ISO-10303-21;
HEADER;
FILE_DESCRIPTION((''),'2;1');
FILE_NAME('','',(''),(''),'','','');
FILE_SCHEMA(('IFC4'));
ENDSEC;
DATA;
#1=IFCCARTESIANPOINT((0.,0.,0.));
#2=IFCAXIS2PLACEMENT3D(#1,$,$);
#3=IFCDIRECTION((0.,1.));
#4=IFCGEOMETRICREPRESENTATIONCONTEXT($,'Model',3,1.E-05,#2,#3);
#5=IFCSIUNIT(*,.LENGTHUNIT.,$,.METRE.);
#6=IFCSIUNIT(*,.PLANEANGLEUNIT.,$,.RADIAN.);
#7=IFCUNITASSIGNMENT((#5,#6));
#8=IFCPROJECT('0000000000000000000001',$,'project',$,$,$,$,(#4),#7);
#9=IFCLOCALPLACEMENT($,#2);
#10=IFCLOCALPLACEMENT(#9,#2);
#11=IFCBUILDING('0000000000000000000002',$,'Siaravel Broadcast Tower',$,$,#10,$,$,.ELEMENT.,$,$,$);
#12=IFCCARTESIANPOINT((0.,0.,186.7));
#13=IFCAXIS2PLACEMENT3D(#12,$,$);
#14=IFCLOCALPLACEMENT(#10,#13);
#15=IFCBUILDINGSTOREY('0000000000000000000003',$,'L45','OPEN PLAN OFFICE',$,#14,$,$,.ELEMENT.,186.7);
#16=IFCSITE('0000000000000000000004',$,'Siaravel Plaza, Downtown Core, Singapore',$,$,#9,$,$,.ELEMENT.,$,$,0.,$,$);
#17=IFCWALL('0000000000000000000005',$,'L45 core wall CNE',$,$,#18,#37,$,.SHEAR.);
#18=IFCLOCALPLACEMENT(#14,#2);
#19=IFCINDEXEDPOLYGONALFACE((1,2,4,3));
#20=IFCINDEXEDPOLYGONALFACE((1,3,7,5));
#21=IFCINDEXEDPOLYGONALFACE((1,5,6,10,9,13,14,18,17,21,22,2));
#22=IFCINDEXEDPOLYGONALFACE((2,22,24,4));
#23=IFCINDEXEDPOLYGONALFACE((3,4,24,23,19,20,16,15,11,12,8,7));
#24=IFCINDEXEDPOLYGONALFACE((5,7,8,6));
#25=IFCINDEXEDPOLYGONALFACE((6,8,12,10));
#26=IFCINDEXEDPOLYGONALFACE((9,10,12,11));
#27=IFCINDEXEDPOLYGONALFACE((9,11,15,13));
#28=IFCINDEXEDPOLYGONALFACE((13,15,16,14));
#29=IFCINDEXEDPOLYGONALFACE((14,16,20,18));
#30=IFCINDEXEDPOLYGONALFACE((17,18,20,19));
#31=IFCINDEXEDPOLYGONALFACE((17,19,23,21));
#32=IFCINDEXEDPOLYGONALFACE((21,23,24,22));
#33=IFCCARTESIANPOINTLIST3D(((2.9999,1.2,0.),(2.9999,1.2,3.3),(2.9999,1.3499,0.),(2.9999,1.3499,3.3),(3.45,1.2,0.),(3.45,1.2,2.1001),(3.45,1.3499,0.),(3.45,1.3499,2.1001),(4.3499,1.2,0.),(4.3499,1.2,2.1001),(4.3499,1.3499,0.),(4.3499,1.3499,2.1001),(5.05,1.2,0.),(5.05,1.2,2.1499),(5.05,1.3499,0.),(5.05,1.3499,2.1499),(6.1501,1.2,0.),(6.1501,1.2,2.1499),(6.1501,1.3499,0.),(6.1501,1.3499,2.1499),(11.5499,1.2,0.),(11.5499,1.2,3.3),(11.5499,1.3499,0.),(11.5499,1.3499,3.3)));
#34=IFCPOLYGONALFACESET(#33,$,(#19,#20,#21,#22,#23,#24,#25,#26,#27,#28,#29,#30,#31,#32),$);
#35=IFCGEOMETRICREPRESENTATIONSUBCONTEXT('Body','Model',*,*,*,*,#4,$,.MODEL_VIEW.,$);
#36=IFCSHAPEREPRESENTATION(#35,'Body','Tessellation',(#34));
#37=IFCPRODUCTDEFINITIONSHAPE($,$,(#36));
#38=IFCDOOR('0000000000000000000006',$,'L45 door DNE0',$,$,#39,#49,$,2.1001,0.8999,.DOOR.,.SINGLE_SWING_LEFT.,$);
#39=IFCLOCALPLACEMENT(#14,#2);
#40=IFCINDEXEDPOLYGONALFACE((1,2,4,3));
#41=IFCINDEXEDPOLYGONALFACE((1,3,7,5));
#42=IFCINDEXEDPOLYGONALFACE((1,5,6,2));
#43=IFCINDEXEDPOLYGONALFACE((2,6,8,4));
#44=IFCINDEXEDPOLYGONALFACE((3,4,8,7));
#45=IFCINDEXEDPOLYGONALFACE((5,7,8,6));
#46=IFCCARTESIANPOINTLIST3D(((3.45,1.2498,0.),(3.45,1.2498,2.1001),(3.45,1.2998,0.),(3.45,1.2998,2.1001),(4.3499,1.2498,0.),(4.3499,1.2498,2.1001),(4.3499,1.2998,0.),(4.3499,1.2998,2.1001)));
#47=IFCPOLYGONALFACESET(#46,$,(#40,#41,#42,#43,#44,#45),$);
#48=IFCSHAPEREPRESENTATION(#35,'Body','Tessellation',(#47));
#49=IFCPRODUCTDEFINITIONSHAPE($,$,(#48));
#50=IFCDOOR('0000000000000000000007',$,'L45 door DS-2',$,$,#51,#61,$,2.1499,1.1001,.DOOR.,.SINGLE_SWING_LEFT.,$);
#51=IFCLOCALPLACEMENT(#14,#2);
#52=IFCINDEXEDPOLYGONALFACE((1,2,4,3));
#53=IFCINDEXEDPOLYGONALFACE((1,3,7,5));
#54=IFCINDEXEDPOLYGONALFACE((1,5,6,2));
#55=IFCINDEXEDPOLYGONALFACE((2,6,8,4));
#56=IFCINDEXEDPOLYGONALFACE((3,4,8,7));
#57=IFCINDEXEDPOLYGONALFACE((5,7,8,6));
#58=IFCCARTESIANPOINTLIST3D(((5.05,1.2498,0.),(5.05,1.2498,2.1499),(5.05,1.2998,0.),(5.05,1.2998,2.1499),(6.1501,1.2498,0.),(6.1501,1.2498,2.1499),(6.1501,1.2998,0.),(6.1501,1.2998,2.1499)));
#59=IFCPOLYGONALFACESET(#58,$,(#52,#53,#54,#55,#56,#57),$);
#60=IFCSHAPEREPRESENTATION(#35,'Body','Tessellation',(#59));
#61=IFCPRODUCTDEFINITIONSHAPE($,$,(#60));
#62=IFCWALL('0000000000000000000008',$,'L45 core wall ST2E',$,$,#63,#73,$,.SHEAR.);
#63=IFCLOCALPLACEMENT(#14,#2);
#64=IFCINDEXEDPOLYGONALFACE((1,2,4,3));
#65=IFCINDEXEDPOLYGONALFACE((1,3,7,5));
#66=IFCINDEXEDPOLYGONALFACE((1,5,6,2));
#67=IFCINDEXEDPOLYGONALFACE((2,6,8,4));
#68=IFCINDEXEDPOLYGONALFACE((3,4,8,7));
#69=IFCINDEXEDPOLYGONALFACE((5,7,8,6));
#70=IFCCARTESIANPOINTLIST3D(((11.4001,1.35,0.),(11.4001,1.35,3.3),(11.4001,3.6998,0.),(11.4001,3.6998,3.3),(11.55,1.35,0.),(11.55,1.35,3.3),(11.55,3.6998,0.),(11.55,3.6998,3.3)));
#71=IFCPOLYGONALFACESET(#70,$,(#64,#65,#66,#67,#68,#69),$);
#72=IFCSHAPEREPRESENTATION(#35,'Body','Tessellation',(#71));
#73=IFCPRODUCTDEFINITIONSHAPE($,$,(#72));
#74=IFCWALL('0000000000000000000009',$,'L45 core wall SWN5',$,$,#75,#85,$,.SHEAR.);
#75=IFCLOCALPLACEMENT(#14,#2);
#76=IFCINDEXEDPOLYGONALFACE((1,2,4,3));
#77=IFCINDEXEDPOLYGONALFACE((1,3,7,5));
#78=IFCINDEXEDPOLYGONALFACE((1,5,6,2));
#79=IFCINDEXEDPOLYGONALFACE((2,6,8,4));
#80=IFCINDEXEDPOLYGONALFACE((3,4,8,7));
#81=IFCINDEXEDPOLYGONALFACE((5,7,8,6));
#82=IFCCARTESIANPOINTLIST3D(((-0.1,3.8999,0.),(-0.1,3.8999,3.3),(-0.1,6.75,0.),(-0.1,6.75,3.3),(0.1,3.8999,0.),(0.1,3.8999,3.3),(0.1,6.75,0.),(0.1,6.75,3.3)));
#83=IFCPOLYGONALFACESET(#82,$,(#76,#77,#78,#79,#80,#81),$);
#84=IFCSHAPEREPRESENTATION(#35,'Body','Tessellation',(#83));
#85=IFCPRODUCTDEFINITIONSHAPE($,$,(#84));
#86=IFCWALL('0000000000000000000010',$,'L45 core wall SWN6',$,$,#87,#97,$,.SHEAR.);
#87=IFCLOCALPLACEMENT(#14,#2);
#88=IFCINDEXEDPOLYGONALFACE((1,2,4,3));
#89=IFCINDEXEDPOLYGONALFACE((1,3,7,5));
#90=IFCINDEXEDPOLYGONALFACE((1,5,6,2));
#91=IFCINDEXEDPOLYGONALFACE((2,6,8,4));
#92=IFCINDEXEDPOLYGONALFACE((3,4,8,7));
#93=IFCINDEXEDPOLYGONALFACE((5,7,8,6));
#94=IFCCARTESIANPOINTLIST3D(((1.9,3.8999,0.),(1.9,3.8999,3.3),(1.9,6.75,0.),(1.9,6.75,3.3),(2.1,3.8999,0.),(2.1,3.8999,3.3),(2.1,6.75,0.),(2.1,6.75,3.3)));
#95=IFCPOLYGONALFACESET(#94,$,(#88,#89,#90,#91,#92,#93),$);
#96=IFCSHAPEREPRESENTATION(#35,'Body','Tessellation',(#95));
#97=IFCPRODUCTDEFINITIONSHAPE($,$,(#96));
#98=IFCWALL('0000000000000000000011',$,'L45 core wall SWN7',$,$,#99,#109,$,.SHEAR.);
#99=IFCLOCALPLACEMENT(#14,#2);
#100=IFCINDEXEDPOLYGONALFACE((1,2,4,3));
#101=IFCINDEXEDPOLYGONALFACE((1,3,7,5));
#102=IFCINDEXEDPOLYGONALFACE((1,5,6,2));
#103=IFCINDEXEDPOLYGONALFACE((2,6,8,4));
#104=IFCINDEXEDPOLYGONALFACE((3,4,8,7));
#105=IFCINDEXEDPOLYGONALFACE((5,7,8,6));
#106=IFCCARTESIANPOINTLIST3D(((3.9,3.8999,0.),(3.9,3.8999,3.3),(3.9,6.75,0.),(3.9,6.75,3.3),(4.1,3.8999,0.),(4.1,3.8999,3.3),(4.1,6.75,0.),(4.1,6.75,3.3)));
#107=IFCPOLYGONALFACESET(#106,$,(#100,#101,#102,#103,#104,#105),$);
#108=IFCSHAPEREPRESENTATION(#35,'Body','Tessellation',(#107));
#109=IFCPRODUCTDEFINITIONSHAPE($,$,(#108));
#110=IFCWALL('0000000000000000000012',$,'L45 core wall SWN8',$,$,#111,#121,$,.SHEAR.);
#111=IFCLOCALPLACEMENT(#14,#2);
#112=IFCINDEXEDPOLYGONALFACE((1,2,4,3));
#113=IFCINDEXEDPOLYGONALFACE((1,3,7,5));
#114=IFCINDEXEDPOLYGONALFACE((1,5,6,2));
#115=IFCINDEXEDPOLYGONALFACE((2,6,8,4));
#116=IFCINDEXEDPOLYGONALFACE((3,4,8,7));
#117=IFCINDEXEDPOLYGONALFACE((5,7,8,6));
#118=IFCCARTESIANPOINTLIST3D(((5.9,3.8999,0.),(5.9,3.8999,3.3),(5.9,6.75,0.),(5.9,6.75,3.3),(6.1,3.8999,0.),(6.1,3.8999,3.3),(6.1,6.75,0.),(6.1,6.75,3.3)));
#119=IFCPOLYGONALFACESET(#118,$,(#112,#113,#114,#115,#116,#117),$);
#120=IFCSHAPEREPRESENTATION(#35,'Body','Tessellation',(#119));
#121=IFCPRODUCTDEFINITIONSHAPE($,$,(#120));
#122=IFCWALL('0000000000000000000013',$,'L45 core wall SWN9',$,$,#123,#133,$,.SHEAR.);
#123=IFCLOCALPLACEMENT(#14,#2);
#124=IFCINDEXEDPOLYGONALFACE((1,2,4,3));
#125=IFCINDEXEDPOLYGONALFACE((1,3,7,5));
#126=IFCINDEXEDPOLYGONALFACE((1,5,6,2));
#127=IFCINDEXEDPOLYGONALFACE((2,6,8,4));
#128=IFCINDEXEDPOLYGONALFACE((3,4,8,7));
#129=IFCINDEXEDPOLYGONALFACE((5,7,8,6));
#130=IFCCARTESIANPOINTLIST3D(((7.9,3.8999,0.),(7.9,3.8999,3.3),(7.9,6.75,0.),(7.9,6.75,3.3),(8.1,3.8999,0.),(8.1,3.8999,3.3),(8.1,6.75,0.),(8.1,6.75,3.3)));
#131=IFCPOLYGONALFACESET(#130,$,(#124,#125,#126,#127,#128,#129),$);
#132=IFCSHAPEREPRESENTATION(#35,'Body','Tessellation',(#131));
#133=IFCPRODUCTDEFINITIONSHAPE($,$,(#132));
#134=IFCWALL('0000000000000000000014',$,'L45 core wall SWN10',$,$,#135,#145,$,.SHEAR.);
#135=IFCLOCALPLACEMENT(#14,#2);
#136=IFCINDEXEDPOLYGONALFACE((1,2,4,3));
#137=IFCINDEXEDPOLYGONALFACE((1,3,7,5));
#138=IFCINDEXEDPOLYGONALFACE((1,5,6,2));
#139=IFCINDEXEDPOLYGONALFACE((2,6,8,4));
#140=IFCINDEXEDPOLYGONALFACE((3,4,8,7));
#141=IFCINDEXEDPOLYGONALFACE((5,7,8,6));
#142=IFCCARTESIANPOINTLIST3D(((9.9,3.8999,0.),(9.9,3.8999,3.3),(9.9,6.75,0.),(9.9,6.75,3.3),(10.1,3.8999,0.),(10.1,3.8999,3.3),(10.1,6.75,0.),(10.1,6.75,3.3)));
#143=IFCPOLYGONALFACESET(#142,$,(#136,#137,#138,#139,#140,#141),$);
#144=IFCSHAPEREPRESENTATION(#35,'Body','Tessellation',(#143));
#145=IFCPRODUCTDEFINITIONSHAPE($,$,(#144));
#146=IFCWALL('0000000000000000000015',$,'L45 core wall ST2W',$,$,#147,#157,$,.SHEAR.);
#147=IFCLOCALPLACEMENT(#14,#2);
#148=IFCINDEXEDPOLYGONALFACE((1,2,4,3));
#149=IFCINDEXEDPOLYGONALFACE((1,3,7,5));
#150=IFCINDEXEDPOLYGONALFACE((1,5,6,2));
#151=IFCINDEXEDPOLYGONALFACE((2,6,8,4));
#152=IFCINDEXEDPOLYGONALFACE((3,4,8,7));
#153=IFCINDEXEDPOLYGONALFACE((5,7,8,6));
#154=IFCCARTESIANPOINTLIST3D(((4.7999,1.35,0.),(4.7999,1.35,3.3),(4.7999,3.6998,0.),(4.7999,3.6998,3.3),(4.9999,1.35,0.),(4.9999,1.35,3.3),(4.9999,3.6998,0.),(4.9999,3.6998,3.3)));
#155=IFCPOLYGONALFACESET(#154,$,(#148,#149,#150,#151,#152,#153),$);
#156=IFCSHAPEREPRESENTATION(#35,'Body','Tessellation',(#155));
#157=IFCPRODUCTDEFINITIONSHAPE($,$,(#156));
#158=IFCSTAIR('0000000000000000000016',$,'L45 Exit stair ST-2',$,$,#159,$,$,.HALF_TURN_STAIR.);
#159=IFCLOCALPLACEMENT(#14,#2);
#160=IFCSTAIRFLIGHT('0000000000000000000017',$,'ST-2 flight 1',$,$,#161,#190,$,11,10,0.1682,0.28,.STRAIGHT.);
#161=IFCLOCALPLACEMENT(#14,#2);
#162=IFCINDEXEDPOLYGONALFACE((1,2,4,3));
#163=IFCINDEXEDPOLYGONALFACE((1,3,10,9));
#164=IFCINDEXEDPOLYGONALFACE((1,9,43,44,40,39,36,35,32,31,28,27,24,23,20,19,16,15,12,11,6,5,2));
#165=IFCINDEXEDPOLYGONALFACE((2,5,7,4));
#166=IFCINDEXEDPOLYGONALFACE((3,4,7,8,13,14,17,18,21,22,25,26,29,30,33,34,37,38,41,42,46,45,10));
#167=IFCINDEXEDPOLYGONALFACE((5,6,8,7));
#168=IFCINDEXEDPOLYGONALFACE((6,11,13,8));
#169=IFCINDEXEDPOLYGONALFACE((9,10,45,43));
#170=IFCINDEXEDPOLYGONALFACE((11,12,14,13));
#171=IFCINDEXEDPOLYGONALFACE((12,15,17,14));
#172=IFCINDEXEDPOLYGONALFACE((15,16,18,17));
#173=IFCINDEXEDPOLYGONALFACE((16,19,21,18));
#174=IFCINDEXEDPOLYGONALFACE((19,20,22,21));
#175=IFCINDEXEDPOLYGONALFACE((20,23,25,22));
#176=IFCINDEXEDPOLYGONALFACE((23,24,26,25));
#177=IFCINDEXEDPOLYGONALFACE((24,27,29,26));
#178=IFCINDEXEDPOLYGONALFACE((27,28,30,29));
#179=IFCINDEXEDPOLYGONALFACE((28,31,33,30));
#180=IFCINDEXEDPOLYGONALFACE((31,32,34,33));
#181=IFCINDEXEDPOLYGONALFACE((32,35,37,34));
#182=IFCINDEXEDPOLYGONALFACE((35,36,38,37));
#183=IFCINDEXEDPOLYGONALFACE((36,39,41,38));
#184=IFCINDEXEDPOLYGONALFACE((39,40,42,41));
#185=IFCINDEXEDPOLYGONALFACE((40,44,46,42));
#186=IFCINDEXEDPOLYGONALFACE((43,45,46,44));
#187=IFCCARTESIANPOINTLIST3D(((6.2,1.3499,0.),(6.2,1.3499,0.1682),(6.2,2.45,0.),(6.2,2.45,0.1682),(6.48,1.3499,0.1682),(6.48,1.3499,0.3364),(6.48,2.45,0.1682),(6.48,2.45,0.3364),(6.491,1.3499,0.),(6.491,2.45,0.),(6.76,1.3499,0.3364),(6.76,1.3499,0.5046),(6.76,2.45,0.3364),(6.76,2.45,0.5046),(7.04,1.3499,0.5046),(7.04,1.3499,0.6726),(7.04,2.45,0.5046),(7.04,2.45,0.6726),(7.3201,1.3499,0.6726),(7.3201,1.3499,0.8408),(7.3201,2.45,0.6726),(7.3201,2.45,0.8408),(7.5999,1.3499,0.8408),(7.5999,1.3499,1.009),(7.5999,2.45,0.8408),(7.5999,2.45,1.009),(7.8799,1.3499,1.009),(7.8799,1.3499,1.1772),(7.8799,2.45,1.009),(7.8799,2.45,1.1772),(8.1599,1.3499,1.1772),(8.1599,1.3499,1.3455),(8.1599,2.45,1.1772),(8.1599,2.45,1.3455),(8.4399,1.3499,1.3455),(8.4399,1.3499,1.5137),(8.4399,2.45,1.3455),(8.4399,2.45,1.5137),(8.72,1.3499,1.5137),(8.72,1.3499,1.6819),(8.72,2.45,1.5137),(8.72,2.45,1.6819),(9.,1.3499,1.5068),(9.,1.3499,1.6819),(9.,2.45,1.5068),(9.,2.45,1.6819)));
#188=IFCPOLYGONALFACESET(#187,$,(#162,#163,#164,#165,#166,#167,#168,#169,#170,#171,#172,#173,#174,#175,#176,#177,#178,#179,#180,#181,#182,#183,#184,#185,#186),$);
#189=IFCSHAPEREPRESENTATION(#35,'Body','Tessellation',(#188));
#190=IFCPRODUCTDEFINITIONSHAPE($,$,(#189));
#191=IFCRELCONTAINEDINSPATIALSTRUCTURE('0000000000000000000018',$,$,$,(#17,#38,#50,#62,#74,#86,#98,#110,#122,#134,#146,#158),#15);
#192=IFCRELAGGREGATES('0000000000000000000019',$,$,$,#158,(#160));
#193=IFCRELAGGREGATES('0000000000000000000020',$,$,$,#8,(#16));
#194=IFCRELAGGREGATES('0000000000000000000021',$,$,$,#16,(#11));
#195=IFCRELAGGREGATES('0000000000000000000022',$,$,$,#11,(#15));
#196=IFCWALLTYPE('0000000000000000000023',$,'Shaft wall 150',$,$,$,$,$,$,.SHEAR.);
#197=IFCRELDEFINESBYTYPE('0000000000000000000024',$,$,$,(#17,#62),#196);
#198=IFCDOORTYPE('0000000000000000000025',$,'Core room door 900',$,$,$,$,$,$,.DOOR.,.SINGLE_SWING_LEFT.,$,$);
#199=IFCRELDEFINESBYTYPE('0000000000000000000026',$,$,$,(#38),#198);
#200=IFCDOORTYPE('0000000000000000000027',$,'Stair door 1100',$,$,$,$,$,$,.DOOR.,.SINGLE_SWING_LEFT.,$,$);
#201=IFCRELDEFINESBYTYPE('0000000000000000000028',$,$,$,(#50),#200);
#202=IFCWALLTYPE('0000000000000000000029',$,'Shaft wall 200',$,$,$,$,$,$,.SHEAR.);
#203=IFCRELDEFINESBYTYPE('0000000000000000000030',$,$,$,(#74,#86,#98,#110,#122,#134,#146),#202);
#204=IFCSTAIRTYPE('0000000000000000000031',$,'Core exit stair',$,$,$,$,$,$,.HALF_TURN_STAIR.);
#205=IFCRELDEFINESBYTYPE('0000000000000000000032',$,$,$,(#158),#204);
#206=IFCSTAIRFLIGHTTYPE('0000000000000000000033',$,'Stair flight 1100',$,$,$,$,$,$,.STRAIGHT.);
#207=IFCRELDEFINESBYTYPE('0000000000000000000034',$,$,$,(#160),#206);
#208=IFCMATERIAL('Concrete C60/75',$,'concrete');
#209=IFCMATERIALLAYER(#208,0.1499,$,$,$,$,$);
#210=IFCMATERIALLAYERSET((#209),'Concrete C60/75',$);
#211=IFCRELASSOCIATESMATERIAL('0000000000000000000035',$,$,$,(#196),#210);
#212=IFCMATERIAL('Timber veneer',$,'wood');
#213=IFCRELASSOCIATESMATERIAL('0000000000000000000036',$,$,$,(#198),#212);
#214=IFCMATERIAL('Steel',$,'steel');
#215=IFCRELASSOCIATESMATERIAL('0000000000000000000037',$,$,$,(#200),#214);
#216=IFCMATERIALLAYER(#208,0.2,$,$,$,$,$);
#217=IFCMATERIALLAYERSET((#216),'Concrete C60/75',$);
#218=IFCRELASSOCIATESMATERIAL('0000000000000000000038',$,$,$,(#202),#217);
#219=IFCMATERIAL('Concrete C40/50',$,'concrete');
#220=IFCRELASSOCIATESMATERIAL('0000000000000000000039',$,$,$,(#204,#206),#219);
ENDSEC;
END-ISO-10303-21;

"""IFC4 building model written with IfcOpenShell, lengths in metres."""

from ifc_helpers import new_model, si_unit, direction, frame, frame_2d, origin, place, context, subcontext, project, spatial, polyline, rectangle, outline, extrude, material, layer, layer_set, type_object, element, fill, aggregate, save


model = new_model("IFC4")

# Units and contexts
model_context = context("Model", 3, precision=1e-05, world=origin(), true_north=direction((0.0, 1.0)))
body_context = subcontext(model_context, "Body", "Model", "MODEL_VIEW")
ifc_project = project(units=[si_unit("LENGTHUNIT", "METRE"), si_unit("PLANEANGLEUNIT", "RADIAN")], contexts=[model_context])

# Site, building, storey
site_placement = place(None, origin())
site = spatial("IfcSite", under=ifc_project, at=site_placement, Name="Siaravel Plaza, Downtown Core, Singapore", CompositionType="ELEMENT", RefElevation=0.0)
building_placement = place(site_placement, origin())
building = spatial("IfcBuilding", under=site, at=building_placement, Name="Siaravel Broadcast Tower", CompositionType="ELEMENT")
storey_placement = place(building_placement, frame((0.0, 0.0, 186.7)))
storey = spatial("IfcBuildingStorey", under=building, at=storey_placement, Name="L45", Description="OPEN PLAN OFFICE", CompositionType="ELEMENT", Elevation=186.7)

# Shared definitions
ifc_material_1 = material(Name="Concrete C60/75", Category="concrete")

# Shared definitions
ifc_material_2 = material(Name="Timber veneer", Category="wood")

# Wall, openings, doors
ifc_layer_1 = layer(ifc_material_1, 0.1499)
ifc_layer_set_1 = layer_set([ifc_layer_1], Name="Concrete C60/75")
wall_type_1 = type_object("IfcWallType", Name="Shaft wall 150", PredefinedType="SHEAR", material=ifc_layer_set_1)
wall_1_placement = place(storey_placement, frame((3.0, 1.2749, 0.0), z_axis=(0.0, 0.0, 1.0), x_axis=(1.0, 0.0, 0.0)))
wall_1 = element("IfcWall", 1, at=wall_1_placement, inside=storey, type_object=wall_type_1, Name="L45 core wall CNE", PredefinedType="SHEAR", context=body_context, shape_type="SweptSolid", body=[
    extrude(rectangle(XDim=8.55, YDim=0.1499, at=frame_2d((4.2749, 0.0))), origin(), (0.0, 0.0, 1.0), 3.3),
])
opening_1_placement = place(wall_1_placement, frame((2.05, 0.0, 0.0)))
opening_1 = element("IfcOpeningElement", 2, at=opening_1_placement, cuts=wall_1, PredefinedType="OPENING", context=body_context, shape_type="SweptSolid", body=[
    extrude(rectangle(XDim=1.1001, YDim=2.1499, at=frame_2d((0.55, 1.075))), frame((0.0, 0.085, 0.0), z_axis=(0.0, -1.0, 0.0), x_axis=(1.0, 0.0, 0.0)), (0.0, 0.0, 1.0), 0.1699),
])
opening_2_placement = place(wall_1_placement, frame((0.45, 0.0, 0.0)))
opening_2 = element("IfcOpeningElement", 3, at=opening_2_placement, cuts=wall_1, PredefinedType="OPENING", context=body_context, shape_type="SweptSolid", body=[
    extrude(rectangle(XDim=0.8999, YDim=2.1001, at=frame_2d((0.45, 1.05))), frame((0.0, 0.085, 0.0), z_axis=(0.0, -1.0, 0.0), x_axis=(1.0, 0.0, 0.0)), (0.0, 0.0, 1.0), 0.1699),
])
door_type_1 = type_object("IfcDoorType", Name="Core room door 900", OperationType="SINGLE_SWING_LEFT", PredefinedType="DOOR", material=ifc_material_2)
door_1_placement = place(opening_2_placement, origin())
door_1 = element("IfcDoor", 4, at=door_1_placement, inside=storey, type_object=door_type_1, Name="L45 door DNE0", OperationType="SINGLE_SWING_LEFT", OverallHeight=2.1001, OverallWidth=0.8999, PredefinedType="DOOR", context=body_context, shape_type="SweptSolid", body=[
    extrude(rectangle(XDim=0.8999, YDim=2.1001, at=frame_2d((0.45, 1.05))), frame((0.0, 0.0249, 0.0), z_axis=(0.0, -1.0, 0.0), x_axis=(1.0, 0.0, 0.0)), (0.0, 0.0, 1.0), 0.05),
])
fill(opening_2, door_1)
ifc_material_3 = material(Name="Steel", Category="steel")
door_type_2 = type_object("IfcDoorType", Name="Stair door 1100", OperationType="SINGLE_SWING_LEFT", PredefinedType="DOOR", material=ifc_material_3)
door_2_placement = place(opening_1_placement, origin())
door_2 = element("IfcDoor", 5, at=door_2_placement, inside=storey, type_object=door_type_2, Name="L45 door DS-2", OperationType="SINGLE_SWING_LEFT", OverallHeight=2.1499, OverallWidth=1.1001, PredefinedType="DOOR", context=body_context, shape_type="SweptSolid", body=[
    extrude(rectangle(XDim=1.1001, YDim=2.1499, at=frame_2d((0.55, 1.075))), frame((0.0, 0.0249, 0.0), z_axis=(0.0, -1.0, 0.0), x_axis=(1.0, 0.0, 0.0)), (0.0, 0.0, 1.0), 0.05),
])
fill(opening_1, door_2)

# Walls
wall_2_placement = place(storey_placement, frame((11.4751, 1.3501, 0.0), z_axis=(0.0, 0.0, 1.0), x_axis=(0.0, 1.0, 0.0)))
element("IfcWall", 6, at=wall_2_placement, inside=storey, type_object=wall_type_1, Name="L45 core wall ST2E", PredefinedType="SHEAR", context=body_context, shape_type="SweptSolid", body=[
    extrude(rectangle(XDim=2.3499, YDim=0.1499, at=frame_2d((1.1748, 0.0))), origin(), (0.0, 0.0, 1.0), 3.3),
])
ifc_layer_2 = layer(ifc_material_1, 0.2)
ifc_layer_set_2 = layer_set([ifc_layer_2], Name="Concrete C60/75")
wall_type_2 = type_object("IfcWallType", Name="Shaft wall 200", PredefinedType="SHEAR", material=ifc_layer_set_2)
for number, where, z_axis, x_axis, name in (
    (7, (0.0, 3.8999, 0.0), (0.0, 0.0, 1.0), (0.0, 1.0, 0.0), "L45 core wall SWN5"),
    (8, (2.0, 3.8999, 0.0), (0.0, 0.0, 1.0), (0.0, 1.0, 0.0), "L45 core wall SWN6"),
    (9, (4.0, 3.8999, 0.0), (0.0, 0.0, 1.0), (0.0, 1.0, 0.0), "L45 core wall SWN7"),
    (10, (6.0, 3.8999, 0.0), (0.0, 0.0, 1.0), (0.0, 1.0, 0.0), "L45 core wall SWN8"),
    (11, (8.0, 3.8999, 0.0), (0.0, 0.0, 1.0), (0.0, 1.0, 0.0), "L45 core wall SWN9"),
    (12, (10.0, 3.8999, 0.0), (0.0, 0.0, 1.0), (0.0, 1.0, 0.0), "L45 core wall SWN10"),
):
    element("IfcWall", number, at=place(storey_placement, frame(where, z_axis=z_axis, x_axis=x_axis)), inside=storey, type_object=wall_type_2, Name=name, PredefinedType="SHEAR", context=body_context, shape_type="SweptSolid", body=[
        extrude(rectangle(XDim=2.8501, YDim=0.2, at=frame_2d((1.425, 0.0))), origin(), (0.0, 0.0, 1.0), 3.3),
    ])
wall_3_placement = place(storey_placement, frame((4.8999, 1.3501, 0.0), z_axis=(0.0, 0.0, 1.0), x_axis=(0.0, 1.0, 0.0)))
element("IfcWall", 13, at=wall_3_placement, inside=storey, type_object=wall_type_2, Name="L45 core wall ST2W", PredefinedType="SHEAR", context=body_context, shape_type="SweptSolid", body=[
    extrude(rectangle(XDim=2.3499, YDim=0.2, at=frame_2d((1.1748, 0.0))), origin(), (0.0, 0.0, 1.0), 3.3),
])

# Stair, stair flight
ifc_material_4 = material(Name="Concrete C40/50", Category="concrete")
stair_type = type_object("IfcStairType", Name="Core exit stair", PredefinedType="HALF_TURN_STAIR", material=ifc_material_4)
stair_placement = place(storey_placement, origin())
stair = element("IfcStair", 14, at=stair_placement, inside=storey, type_object=stair_type, Name="L45 Exit stair ST-2", PredefinedType="HALF_TURN_STAIR")
stair_flight_type = type_object("IfcStairFlightType", Name="Stair flight 1100", PredefinedType="STRAIGHT", material=ifc_material_4)
stair_flight_1_placement = place(storey_placement, frame((6.2, 1.8999, 0.0), z_axis=(0.0, 0.0, 1.0), x_axis=(1.0, 0.0, 0.0)))
stair_flight_1 = element("IfcStairFlight", 15, at=stair_flight_1_placement, type_object=stair_flight_type, Name="ST-2 flight 1", NumberOfRisers=11, NumberOfTreads=10, PredefinedType="STRAIGHT", RiserHeight=0.1682, TreadLength=0.28, context=body_context, shape_type="SweptSolid", body=[
    extrude(outline(polyline([(0.0, 0.0), (0.0, 0.1682), (0.28, 0.1682), (0.28, 0.3364), (0.5601, 0.3364), (0.5601, 0.5046), (0.8401, 0.5046), (0.8401, 0.6726), (1.1201, 0.6726), (1.1201, 0.8408), (1.3999, 0.8408), (1.3999, 1.009), (1.6799, 1.009), (1.6799, 1.1772), (1.96, 1.1772), (1.96, 1.3455), (2.24, 1.3455), (2.24, 1.5137), (2.52, 1.5137), (2.52, 1.6819), (2.8, 1.6819), (2.8, 1.8501), (2.8, 1.5068), (0.291, 0.0), (0.0, 0.0)])), frame((0.0, 0.55, 0.0), z_axis=(0.0, -1.0, 0.0), x_axis=(1.0, 0.0, 0.0)), (0.0, 0.0, 1.0), 1.1001),
])
aggregate(stair, [stair_flight_1])

save(model, "model.ifc")
